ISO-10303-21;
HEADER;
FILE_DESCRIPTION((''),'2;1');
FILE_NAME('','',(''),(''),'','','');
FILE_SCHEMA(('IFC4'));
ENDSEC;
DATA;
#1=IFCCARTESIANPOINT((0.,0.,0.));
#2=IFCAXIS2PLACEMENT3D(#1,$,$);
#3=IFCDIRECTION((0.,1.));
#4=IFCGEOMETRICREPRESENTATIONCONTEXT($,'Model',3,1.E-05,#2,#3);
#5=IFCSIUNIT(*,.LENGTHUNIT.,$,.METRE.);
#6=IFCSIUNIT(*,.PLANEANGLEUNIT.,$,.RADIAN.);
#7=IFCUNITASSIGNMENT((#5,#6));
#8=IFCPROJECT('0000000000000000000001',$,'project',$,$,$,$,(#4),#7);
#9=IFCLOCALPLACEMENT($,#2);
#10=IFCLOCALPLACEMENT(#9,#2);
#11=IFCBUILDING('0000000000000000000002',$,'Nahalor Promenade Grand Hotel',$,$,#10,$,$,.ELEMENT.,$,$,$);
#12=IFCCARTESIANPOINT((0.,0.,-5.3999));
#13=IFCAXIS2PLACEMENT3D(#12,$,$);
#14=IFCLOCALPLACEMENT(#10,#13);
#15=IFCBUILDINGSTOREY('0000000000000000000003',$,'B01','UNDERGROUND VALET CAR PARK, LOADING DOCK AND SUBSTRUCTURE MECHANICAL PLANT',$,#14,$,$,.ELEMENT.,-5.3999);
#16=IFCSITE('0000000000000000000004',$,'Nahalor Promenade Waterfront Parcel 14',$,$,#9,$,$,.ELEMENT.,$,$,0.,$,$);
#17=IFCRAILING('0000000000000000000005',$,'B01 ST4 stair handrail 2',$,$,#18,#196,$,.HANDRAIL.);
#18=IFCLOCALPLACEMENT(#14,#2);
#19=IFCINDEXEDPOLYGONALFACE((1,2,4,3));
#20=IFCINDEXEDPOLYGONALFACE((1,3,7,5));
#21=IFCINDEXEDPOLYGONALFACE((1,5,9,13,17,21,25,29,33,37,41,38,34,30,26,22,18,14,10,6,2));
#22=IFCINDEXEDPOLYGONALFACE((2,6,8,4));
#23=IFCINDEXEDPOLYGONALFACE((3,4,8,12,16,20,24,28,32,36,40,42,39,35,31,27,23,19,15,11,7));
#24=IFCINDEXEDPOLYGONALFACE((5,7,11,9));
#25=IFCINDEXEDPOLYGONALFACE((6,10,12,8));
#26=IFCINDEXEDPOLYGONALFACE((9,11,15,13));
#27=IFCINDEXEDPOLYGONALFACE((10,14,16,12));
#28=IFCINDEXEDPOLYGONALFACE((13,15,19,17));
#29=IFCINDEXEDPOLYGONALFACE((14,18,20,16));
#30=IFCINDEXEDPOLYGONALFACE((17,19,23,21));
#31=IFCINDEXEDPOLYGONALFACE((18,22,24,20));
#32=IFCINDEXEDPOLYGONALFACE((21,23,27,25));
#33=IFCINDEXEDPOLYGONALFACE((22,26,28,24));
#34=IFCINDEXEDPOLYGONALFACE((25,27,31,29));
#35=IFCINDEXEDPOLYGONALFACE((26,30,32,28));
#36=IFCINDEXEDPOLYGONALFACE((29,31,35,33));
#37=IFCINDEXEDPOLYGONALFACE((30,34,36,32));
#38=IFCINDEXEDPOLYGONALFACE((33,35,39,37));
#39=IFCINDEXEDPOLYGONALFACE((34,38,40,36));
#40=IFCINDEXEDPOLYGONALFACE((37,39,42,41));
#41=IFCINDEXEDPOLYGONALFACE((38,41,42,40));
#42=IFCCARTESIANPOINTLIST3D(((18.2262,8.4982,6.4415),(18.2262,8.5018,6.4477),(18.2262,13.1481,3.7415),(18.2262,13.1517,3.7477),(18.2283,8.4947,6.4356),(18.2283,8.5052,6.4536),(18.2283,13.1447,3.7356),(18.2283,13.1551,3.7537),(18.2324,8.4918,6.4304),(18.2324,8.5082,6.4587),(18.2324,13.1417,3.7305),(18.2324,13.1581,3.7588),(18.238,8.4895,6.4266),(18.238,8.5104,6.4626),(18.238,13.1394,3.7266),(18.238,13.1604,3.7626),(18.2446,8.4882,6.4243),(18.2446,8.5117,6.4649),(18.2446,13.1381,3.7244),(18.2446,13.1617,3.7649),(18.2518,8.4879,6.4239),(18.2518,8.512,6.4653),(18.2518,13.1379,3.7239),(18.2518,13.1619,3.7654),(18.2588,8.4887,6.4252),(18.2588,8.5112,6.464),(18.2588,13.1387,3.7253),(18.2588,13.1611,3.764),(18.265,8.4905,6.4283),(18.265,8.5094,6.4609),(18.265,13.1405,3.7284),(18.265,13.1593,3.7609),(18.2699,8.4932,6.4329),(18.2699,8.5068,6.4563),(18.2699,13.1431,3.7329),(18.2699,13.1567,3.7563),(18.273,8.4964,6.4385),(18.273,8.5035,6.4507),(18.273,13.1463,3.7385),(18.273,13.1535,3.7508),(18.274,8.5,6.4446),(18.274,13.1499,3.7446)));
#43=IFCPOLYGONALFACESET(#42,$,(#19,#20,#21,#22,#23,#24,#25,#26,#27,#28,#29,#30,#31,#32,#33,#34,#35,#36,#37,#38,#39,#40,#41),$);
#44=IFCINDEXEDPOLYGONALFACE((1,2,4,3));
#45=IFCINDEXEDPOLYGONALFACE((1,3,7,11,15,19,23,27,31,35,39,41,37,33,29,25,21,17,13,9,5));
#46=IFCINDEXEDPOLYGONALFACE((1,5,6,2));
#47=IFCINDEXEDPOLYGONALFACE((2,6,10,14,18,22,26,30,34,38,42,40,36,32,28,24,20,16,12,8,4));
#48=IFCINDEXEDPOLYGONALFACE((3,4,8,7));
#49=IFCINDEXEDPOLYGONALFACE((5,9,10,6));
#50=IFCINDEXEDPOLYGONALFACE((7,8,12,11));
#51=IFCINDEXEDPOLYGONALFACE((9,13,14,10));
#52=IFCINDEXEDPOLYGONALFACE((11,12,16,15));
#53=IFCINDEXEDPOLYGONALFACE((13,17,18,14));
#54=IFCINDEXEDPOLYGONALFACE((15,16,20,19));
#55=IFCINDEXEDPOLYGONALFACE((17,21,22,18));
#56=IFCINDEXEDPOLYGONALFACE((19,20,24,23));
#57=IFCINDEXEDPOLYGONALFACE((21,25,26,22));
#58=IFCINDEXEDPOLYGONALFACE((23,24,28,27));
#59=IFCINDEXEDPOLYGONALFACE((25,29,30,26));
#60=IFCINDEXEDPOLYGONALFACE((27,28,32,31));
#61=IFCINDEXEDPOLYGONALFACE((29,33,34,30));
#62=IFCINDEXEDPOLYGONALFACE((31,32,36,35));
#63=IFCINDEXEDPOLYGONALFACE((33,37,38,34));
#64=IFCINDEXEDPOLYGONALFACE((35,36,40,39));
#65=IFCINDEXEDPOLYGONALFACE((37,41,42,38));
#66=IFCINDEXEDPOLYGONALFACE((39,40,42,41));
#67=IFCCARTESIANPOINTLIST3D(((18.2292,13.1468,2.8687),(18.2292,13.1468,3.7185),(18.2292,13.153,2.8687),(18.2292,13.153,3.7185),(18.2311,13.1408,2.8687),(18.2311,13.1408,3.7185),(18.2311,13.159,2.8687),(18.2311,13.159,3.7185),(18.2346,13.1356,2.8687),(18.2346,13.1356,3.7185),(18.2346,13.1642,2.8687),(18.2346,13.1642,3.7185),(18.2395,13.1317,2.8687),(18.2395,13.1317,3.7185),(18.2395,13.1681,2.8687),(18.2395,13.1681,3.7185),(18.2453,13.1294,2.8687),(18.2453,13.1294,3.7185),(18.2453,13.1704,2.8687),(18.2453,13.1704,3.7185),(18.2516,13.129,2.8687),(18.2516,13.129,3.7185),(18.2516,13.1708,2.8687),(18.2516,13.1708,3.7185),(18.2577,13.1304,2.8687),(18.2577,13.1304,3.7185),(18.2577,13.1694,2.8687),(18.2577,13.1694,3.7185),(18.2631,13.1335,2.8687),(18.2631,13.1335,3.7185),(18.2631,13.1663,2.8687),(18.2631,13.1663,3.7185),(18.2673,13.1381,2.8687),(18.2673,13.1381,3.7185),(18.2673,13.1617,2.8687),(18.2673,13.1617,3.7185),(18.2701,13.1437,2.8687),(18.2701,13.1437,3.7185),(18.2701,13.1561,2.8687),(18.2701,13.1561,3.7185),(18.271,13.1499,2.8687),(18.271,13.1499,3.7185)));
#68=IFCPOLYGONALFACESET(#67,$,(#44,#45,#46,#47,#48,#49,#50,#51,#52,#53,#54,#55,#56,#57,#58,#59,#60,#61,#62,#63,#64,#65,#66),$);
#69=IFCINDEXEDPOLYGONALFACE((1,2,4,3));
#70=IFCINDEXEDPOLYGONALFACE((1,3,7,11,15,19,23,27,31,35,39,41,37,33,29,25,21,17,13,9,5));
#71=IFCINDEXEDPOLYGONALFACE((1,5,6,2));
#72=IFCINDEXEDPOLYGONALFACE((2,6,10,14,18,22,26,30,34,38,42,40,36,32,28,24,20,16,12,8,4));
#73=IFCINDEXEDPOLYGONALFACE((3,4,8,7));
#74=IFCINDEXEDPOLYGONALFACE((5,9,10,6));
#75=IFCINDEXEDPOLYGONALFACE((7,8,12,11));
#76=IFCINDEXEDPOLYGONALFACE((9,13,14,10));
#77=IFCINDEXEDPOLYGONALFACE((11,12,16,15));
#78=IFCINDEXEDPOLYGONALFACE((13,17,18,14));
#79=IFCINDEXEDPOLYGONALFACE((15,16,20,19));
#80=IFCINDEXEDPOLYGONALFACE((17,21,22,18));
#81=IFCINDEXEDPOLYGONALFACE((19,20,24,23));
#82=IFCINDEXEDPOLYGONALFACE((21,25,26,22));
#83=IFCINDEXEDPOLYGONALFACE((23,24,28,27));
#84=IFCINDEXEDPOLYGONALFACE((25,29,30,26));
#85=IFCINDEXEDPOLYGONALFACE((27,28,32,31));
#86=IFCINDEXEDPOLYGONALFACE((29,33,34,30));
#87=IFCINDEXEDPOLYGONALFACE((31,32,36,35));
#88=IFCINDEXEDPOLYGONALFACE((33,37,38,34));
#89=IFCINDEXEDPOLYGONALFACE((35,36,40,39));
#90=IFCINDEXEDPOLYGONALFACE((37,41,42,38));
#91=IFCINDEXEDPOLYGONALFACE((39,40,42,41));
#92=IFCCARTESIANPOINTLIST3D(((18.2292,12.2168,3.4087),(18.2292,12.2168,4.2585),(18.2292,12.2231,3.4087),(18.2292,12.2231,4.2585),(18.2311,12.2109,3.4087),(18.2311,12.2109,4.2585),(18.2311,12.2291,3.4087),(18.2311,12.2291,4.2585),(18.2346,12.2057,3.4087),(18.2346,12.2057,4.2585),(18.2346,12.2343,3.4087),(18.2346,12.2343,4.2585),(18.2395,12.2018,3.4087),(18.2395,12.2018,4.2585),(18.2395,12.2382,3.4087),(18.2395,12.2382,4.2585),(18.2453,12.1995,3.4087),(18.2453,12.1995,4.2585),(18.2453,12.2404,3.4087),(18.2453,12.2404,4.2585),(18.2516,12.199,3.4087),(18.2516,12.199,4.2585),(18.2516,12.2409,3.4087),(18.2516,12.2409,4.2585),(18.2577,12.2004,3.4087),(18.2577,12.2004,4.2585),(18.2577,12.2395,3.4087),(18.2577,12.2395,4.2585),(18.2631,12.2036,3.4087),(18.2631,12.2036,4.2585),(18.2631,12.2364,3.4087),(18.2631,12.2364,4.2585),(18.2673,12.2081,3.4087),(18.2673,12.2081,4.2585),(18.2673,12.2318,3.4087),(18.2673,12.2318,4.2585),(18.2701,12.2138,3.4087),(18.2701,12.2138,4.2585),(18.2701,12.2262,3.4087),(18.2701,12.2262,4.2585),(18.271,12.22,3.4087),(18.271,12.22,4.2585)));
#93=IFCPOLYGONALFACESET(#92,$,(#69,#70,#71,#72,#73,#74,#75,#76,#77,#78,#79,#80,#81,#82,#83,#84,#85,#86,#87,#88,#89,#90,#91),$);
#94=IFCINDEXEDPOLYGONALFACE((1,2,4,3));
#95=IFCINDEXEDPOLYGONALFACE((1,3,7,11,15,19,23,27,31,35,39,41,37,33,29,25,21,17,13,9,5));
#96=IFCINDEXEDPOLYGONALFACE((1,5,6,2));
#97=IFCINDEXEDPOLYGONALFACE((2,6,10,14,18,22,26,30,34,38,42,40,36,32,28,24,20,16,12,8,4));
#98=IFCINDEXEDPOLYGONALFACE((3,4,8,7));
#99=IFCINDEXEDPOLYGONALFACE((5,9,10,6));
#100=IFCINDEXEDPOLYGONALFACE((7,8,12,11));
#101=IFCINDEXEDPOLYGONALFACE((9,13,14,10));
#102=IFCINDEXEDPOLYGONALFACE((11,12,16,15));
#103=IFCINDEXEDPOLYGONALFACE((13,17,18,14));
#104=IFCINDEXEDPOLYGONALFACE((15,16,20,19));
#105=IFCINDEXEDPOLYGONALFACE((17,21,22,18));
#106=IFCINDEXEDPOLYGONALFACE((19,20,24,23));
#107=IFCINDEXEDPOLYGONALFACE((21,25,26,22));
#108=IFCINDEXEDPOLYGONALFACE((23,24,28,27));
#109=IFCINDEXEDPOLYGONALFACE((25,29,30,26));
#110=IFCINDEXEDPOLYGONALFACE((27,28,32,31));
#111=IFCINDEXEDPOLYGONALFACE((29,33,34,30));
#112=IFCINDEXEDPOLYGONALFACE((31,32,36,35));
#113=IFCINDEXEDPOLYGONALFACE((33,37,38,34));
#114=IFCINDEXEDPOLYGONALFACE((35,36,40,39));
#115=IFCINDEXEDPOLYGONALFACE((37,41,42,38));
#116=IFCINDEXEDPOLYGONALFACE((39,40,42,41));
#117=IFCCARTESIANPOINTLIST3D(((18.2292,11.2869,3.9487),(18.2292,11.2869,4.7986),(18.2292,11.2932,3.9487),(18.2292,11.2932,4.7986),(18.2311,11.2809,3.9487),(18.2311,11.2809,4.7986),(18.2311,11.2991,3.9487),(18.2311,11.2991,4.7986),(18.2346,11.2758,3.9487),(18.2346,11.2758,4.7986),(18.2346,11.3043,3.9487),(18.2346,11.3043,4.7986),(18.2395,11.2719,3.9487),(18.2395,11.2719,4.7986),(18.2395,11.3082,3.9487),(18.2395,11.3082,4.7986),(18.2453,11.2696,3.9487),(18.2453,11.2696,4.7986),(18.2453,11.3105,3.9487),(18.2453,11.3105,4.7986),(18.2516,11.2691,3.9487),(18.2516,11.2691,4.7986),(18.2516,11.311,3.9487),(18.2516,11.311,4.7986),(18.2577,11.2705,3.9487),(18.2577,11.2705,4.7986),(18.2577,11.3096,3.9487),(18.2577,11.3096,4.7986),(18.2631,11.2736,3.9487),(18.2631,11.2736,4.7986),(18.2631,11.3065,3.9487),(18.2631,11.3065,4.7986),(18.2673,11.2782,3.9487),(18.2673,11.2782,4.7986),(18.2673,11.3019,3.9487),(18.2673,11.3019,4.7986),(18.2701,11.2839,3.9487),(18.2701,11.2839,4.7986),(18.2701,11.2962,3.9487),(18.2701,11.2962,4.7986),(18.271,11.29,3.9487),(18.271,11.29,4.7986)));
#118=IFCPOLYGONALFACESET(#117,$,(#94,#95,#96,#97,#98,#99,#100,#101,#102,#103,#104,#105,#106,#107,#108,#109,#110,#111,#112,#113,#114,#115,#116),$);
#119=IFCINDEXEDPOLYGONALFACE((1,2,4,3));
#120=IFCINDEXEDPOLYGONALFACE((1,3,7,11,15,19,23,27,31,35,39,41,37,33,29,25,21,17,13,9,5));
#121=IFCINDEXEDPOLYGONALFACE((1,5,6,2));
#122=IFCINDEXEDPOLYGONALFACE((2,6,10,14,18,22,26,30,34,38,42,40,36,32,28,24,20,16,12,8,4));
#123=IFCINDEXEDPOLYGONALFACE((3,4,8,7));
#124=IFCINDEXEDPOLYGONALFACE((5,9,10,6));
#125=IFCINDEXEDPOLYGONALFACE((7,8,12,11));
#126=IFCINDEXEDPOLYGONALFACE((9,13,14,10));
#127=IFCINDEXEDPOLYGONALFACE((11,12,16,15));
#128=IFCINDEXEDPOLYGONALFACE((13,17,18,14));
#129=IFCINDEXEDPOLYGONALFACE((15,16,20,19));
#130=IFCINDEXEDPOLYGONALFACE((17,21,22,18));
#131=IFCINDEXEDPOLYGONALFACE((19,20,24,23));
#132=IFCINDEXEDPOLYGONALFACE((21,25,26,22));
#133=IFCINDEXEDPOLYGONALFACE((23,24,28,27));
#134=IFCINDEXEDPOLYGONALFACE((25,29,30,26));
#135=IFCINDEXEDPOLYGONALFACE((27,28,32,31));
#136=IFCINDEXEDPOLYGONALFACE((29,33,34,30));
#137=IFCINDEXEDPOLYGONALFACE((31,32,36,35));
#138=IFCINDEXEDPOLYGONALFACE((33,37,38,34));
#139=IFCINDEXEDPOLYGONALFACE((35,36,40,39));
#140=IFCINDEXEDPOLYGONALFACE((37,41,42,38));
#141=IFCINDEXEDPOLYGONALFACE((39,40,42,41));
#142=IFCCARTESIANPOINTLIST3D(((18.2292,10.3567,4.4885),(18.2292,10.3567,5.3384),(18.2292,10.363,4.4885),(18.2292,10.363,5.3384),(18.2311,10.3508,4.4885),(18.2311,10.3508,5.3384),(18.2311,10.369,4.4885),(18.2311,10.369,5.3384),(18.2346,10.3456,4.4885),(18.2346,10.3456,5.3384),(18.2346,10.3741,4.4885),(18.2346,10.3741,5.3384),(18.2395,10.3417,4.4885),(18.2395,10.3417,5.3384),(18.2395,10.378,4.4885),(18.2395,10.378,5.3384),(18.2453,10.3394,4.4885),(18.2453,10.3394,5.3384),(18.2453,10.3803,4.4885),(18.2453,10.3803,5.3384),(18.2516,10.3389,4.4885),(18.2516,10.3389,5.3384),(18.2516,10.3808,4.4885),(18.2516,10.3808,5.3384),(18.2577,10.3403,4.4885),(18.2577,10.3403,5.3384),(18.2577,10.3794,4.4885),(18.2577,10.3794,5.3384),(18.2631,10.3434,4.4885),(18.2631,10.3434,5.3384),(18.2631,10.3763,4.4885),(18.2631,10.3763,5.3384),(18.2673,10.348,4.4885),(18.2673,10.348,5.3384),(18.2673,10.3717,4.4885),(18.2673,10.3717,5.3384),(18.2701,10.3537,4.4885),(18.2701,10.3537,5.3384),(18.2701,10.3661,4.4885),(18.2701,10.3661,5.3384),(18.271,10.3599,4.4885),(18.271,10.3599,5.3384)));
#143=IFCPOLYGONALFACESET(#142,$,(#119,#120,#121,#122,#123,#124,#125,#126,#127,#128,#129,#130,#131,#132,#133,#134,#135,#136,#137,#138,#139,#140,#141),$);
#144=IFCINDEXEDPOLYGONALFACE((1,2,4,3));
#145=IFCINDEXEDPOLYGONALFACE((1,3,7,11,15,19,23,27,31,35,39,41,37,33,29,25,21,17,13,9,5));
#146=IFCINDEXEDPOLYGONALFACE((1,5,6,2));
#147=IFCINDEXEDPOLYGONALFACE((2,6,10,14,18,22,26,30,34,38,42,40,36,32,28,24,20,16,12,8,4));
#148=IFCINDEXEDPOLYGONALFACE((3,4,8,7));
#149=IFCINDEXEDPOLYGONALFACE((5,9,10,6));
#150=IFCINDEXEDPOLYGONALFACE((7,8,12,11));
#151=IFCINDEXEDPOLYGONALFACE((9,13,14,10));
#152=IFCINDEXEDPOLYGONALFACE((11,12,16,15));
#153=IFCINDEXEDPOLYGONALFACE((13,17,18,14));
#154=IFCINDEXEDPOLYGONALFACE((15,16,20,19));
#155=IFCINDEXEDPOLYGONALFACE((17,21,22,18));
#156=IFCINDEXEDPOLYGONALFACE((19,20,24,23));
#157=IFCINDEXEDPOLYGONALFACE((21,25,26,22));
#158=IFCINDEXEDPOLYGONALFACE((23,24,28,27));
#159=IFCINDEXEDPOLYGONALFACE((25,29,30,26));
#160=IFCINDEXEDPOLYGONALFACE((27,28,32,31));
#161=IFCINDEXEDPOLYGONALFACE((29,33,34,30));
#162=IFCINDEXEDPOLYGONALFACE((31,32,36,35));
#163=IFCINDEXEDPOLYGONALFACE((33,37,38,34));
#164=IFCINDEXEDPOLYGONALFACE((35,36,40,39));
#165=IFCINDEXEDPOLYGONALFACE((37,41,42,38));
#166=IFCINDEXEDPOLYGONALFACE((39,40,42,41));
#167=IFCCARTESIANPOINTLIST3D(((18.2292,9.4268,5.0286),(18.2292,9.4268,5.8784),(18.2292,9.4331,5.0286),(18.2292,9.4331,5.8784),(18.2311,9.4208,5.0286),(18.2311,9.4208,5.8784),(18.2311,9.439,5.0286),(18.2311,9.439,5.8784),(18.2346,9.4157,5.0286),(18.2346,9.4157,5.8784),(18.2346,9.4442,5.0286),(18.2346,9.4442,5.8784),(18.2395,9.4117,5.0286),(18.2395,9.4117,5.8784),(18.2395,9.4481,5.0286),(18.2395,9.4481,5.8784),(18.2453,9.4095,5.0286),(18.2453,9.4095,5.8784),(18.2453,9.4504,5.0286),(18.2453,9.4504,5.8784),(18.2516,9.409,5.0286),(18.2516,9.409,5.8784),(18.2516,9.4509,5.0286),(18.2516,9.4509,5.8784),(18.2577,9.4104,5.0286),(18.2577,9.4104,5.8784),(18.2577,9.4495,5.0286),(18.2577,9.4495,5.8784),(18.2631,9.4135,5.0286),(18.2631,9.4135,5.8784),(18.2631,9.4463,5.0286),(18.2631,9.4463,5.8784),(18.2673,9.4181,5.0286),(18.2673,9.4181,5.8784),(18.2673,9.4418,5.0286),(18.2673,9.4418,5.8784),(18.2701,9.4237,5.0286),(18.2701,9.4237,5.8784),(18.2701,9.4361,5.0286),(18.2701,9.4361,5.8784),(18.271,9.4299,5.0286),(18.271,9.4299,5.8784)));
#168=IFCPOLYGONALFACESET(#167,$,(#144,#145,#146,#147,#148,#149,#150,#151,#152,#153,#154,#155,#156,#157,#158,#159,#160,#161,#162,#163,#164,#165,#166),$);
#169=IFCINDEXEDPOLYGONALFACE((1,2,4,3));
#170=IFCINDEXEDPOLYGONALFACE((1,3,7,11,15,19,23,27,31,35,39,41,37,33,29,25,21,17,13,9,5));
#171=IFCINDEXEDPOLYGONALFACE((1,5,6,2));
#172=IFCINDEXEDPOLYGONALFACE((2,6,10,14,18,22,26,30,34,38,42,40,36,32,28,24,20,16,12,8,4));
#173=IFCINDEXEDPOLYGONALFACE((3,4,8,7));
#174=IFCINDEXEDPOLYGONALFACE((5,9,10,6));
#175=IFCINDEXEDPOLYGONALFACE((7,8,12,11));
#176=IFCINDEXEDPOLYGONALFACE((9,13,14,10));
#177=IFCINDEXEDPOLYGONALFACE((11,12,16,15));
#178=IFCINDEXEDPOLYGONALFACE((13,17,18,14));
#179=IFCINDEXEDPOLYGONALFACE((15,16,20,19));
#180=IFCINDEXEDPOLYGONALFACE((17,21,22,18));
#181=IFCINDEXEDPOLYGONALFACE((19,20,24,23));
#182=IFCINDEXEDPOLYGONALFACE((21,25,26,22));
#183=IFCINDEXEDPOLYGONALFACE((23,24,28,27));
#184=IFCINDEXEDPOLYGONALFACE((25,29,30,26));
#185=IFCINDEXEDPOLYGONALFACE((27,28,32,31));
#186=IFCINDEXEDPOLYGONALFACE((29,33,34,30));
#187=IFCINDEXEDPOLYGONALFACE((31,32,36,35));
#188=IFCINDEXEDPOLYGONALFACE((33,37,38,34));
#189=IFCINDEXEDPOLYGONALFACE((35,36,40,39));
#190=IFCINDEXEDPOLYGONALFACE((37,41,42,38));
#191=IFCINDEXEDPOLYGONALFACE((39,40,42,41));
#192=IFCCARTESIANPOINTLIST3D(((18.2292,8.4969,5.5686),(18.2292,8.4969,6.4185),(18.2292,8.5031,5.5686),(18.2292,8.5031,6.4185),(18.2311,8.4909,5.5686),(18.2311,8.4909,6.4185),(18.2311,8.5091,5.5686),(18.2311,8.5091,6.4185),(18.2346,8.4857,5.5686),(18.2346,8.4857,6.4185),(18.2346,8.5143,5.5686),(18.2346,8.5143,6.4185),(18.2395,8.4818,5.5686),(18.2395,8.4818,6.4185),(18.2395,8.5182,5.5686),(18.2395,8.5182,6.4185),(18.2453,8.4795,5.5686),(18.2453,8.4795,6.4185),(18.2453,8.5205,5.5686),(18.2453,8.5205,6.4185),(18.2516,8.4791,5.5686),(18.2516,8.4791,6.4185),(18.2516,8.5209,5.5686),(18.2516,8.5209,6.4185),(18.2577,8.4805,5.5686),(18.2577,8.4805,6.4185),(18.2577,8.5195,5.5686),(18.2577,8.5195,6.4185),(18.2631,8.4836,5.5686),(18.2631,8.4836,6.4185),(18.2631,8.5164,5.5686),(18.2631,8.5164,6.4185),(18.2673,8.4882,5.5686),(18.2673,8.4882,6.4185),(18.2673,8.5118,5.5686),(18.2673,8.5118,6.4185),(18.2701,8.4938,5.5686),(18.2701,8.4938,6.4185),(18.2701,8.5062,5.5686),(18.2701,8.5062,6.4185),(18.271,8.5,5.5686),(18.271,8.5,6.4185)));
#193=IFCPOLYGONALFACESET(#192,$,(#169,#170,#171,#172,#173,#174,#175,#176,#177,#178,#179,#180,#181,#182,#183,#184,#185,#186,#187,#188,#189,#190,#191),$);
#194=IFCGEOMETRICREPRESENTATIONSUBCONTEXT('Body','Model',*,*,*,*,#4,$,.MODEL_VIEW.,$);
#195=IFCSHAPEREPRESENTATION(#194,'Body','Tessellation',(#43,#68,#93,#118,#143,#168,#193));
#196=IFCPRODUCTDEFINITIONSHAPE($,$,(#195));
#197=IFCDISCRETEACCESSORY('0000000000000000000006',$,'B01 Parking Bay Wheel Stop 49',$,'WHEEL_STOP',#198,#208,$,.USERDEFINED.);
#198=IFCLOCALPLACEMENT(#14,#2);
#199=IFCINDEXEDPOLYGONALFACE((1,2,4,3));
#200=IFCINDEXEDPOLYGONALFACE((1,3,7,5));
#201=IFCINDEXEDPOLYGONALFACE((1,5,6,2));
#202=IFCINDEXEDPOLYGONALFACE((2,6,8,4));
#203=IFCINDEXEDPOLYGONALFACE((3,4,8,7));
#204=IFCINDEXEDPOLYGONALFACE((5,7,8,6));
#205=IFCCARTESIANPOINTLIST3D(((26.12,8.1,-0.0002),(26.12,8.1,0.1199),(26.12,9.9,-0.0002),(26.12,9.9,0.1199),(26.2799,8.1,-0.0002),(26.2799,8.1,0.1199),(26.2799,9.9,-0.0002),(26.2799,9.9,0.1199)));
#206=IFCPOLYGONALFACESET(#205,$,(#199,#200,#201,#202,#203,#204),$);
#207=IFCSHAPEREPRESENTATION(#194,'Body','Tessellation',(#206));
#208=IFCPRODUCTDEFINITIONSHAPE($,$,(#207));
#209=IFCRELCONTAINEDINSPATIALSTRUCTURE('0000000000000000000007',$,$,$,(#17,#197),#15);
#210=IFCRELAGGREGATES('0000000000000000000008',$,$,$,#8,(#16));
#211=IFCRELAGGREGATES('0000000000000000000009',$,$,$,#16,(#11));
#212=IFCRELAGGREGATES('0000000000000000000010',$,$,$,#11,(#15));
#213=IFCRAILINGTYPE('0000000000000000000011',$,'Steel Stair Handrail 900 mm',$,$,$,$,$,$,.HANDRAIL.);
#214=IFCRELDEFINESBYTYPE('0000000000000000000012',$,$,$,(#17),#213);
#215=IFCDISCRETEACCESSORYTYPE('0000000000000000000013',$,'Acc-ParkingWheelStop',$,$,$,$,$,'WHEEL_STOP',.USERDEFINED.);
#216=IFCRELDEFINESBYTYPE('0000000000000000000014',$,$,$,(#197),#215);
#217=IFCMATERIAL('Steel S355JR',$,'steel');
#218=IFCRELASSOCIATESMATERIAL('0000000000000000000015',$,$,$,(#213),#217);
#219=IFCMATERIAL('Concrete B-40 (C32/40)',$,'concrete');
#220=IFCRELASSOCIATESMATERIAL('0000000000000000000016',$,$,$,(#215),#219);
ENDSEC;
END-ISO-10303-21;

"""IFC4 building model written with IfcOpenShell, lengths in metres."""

from ifc_helpers import new_model, si_unit, direction, frame, origin, origin_2d, place, context, subcontext, project, spatial, rectangle, circle, extrude, source, transform, mapped, material, type_object, element, save


model = new_model("IFC4")

# Units and contexts
model_context = context("Model", 3, precision=1e-05, world=origin(), true_north=direction((0.0, 1.0)))
body_context = subcontext(model_context, "Body", "Model", "MODEL_VIEW")
ifc_project = project(units=[si_unit("LENGTHUNIT", "METRE"), si_unit("PLANEANGLEUNIT", "RADIAN")], contexts=[model_context])

# Site, building, storey
site_placement = place(None, origin())
site = spatial("IfcSite", under=ifc_project, at=site_placement, Name="Nahalor Promenade Waterfront Parcel 14", CompositionType="ELEMENT", RefElevation=0.0)
building_placement = place(site_placement, origin())
building = spatial("IfcBuilding", under=site, at=building_placement, Name="Nahalor Promenade Grand Hotel", CompositionType="ELEMENT")
storey_placement = place(building_placement, frame((0.0, 0.0, -5.3999)))
storey = spatial("IfcBuildingStorey", under=building, at=storey_placement, Name="B01", Description="UNDERGROUND VALET CAR PARK, LOADING DOCK AND SUBSTRUCTURE MECHANICAL PLANT", CompositionType="ELEMENT", Elevation=-5.3999)

# Shared definitions
ifc_material_1 = material(Name="Steel S355JR", Category="steel")

# Railing
railing_type_1 = type_object("IfcRailingType", Name="Steel Stair Handrail 900 mm", PredefinedType="HANDRAIL", material=ifc_material_1)
railing_1_placement = place(storey_placement, frame((18.25, 13.1499, 2.8687)))
element("IfcRailing", 1, at=railing_1_placement, inside=storey, type_object=railing_type_1, Name="B01 ST4 stair handrail 2", PredefinedType="HANDRAIL", context=body_context, shape_type="SweptSolid", body=[
    extrude(circle(Radius=0.024, at=origin_2d()), frame((0.0, 0.0, 0.876), z_axis=(0.0, -0.864788, 0.502137), x_axis=(1.0, 0.0, 0.0)), (0.0, 0.0, 1.0), 5.377),
    extrude(circle(Radius=0.021, at=origin_2d()), origin(), (0.0, 0.0, 1.0), 0.8499),
    extrude(circle(Radius=0.021, at=origin_2d()), frame((0.0, -0.9299, 0.54)), (0.0, 0.0, 1.0), 0.8499),
    extrude(circle(Radius=0.021, at=origin_2d()), frame((0.0, -1.8599, 1.0801)), (0.0, 0.0, 1.0), 0.8499),
    extrude(circle(Radius=0.021, at=origin_2d()), frame((0.0, -2.79, 1.6199)), (0.0, 0.0, 1.0), 0.8499),
    extrude(circle(Radius=0.021, at=origin_2d()), frame((0.0, -3.72, 2.1599)), (0.0, 0.0, 1.0), 0.8499),
    extrude(circle(Radius=0.021, at=origin_2d()), frame((0.0, -4.6499, 2.7)), (0.0, 0.0, 1.0), 0.8499),
])

# Discrete accessory
ifc_material_2 = material(Name="Concrete B-40 (C32/40)", Category="concrete")
discrete_accessory_type = type_object("IfcDiscreteAccessoryType", Name="Acc-ParkingWheelStop", ElementType="WHEEL_STOP", PredefinedType="USERDEFINED", material=ifc_material_2)
shared_shape_1 = source(origin(), body_context, "Body", "SweptSolid", [
    extrude(rectangle(XDim=1.8, YDim=0.1599, at=origin_2d()), origin(), (0.0, 0.0, 1.0), 0.1201),
])
for number, where, z_axis, x_axis, name in (
    (2, (26.2, 9.0, -0.0002), (0.0, 0.0, 1.0), (0.0, 1.0, 0.0), "B01 Parking Bay Wheel Stop 49"),
):
    element("IfcDiscreteAccessory", number, at=place(storey_placement, frame(where, z_axis=z_axis, x_axis=x_axis)), inside=storey, type_object=discrete_accessory_type, Name=name, ObjectType="WHEEL_STOP", PredefinedType="USERDEFINED", context=body_context, shape_type="MappedRepresentation", body=[
        mapped(shared_shape_1, transform((0.0, 0.0, 0.0), scale=1.0)),
    ])

save(model, "model.ifc")
